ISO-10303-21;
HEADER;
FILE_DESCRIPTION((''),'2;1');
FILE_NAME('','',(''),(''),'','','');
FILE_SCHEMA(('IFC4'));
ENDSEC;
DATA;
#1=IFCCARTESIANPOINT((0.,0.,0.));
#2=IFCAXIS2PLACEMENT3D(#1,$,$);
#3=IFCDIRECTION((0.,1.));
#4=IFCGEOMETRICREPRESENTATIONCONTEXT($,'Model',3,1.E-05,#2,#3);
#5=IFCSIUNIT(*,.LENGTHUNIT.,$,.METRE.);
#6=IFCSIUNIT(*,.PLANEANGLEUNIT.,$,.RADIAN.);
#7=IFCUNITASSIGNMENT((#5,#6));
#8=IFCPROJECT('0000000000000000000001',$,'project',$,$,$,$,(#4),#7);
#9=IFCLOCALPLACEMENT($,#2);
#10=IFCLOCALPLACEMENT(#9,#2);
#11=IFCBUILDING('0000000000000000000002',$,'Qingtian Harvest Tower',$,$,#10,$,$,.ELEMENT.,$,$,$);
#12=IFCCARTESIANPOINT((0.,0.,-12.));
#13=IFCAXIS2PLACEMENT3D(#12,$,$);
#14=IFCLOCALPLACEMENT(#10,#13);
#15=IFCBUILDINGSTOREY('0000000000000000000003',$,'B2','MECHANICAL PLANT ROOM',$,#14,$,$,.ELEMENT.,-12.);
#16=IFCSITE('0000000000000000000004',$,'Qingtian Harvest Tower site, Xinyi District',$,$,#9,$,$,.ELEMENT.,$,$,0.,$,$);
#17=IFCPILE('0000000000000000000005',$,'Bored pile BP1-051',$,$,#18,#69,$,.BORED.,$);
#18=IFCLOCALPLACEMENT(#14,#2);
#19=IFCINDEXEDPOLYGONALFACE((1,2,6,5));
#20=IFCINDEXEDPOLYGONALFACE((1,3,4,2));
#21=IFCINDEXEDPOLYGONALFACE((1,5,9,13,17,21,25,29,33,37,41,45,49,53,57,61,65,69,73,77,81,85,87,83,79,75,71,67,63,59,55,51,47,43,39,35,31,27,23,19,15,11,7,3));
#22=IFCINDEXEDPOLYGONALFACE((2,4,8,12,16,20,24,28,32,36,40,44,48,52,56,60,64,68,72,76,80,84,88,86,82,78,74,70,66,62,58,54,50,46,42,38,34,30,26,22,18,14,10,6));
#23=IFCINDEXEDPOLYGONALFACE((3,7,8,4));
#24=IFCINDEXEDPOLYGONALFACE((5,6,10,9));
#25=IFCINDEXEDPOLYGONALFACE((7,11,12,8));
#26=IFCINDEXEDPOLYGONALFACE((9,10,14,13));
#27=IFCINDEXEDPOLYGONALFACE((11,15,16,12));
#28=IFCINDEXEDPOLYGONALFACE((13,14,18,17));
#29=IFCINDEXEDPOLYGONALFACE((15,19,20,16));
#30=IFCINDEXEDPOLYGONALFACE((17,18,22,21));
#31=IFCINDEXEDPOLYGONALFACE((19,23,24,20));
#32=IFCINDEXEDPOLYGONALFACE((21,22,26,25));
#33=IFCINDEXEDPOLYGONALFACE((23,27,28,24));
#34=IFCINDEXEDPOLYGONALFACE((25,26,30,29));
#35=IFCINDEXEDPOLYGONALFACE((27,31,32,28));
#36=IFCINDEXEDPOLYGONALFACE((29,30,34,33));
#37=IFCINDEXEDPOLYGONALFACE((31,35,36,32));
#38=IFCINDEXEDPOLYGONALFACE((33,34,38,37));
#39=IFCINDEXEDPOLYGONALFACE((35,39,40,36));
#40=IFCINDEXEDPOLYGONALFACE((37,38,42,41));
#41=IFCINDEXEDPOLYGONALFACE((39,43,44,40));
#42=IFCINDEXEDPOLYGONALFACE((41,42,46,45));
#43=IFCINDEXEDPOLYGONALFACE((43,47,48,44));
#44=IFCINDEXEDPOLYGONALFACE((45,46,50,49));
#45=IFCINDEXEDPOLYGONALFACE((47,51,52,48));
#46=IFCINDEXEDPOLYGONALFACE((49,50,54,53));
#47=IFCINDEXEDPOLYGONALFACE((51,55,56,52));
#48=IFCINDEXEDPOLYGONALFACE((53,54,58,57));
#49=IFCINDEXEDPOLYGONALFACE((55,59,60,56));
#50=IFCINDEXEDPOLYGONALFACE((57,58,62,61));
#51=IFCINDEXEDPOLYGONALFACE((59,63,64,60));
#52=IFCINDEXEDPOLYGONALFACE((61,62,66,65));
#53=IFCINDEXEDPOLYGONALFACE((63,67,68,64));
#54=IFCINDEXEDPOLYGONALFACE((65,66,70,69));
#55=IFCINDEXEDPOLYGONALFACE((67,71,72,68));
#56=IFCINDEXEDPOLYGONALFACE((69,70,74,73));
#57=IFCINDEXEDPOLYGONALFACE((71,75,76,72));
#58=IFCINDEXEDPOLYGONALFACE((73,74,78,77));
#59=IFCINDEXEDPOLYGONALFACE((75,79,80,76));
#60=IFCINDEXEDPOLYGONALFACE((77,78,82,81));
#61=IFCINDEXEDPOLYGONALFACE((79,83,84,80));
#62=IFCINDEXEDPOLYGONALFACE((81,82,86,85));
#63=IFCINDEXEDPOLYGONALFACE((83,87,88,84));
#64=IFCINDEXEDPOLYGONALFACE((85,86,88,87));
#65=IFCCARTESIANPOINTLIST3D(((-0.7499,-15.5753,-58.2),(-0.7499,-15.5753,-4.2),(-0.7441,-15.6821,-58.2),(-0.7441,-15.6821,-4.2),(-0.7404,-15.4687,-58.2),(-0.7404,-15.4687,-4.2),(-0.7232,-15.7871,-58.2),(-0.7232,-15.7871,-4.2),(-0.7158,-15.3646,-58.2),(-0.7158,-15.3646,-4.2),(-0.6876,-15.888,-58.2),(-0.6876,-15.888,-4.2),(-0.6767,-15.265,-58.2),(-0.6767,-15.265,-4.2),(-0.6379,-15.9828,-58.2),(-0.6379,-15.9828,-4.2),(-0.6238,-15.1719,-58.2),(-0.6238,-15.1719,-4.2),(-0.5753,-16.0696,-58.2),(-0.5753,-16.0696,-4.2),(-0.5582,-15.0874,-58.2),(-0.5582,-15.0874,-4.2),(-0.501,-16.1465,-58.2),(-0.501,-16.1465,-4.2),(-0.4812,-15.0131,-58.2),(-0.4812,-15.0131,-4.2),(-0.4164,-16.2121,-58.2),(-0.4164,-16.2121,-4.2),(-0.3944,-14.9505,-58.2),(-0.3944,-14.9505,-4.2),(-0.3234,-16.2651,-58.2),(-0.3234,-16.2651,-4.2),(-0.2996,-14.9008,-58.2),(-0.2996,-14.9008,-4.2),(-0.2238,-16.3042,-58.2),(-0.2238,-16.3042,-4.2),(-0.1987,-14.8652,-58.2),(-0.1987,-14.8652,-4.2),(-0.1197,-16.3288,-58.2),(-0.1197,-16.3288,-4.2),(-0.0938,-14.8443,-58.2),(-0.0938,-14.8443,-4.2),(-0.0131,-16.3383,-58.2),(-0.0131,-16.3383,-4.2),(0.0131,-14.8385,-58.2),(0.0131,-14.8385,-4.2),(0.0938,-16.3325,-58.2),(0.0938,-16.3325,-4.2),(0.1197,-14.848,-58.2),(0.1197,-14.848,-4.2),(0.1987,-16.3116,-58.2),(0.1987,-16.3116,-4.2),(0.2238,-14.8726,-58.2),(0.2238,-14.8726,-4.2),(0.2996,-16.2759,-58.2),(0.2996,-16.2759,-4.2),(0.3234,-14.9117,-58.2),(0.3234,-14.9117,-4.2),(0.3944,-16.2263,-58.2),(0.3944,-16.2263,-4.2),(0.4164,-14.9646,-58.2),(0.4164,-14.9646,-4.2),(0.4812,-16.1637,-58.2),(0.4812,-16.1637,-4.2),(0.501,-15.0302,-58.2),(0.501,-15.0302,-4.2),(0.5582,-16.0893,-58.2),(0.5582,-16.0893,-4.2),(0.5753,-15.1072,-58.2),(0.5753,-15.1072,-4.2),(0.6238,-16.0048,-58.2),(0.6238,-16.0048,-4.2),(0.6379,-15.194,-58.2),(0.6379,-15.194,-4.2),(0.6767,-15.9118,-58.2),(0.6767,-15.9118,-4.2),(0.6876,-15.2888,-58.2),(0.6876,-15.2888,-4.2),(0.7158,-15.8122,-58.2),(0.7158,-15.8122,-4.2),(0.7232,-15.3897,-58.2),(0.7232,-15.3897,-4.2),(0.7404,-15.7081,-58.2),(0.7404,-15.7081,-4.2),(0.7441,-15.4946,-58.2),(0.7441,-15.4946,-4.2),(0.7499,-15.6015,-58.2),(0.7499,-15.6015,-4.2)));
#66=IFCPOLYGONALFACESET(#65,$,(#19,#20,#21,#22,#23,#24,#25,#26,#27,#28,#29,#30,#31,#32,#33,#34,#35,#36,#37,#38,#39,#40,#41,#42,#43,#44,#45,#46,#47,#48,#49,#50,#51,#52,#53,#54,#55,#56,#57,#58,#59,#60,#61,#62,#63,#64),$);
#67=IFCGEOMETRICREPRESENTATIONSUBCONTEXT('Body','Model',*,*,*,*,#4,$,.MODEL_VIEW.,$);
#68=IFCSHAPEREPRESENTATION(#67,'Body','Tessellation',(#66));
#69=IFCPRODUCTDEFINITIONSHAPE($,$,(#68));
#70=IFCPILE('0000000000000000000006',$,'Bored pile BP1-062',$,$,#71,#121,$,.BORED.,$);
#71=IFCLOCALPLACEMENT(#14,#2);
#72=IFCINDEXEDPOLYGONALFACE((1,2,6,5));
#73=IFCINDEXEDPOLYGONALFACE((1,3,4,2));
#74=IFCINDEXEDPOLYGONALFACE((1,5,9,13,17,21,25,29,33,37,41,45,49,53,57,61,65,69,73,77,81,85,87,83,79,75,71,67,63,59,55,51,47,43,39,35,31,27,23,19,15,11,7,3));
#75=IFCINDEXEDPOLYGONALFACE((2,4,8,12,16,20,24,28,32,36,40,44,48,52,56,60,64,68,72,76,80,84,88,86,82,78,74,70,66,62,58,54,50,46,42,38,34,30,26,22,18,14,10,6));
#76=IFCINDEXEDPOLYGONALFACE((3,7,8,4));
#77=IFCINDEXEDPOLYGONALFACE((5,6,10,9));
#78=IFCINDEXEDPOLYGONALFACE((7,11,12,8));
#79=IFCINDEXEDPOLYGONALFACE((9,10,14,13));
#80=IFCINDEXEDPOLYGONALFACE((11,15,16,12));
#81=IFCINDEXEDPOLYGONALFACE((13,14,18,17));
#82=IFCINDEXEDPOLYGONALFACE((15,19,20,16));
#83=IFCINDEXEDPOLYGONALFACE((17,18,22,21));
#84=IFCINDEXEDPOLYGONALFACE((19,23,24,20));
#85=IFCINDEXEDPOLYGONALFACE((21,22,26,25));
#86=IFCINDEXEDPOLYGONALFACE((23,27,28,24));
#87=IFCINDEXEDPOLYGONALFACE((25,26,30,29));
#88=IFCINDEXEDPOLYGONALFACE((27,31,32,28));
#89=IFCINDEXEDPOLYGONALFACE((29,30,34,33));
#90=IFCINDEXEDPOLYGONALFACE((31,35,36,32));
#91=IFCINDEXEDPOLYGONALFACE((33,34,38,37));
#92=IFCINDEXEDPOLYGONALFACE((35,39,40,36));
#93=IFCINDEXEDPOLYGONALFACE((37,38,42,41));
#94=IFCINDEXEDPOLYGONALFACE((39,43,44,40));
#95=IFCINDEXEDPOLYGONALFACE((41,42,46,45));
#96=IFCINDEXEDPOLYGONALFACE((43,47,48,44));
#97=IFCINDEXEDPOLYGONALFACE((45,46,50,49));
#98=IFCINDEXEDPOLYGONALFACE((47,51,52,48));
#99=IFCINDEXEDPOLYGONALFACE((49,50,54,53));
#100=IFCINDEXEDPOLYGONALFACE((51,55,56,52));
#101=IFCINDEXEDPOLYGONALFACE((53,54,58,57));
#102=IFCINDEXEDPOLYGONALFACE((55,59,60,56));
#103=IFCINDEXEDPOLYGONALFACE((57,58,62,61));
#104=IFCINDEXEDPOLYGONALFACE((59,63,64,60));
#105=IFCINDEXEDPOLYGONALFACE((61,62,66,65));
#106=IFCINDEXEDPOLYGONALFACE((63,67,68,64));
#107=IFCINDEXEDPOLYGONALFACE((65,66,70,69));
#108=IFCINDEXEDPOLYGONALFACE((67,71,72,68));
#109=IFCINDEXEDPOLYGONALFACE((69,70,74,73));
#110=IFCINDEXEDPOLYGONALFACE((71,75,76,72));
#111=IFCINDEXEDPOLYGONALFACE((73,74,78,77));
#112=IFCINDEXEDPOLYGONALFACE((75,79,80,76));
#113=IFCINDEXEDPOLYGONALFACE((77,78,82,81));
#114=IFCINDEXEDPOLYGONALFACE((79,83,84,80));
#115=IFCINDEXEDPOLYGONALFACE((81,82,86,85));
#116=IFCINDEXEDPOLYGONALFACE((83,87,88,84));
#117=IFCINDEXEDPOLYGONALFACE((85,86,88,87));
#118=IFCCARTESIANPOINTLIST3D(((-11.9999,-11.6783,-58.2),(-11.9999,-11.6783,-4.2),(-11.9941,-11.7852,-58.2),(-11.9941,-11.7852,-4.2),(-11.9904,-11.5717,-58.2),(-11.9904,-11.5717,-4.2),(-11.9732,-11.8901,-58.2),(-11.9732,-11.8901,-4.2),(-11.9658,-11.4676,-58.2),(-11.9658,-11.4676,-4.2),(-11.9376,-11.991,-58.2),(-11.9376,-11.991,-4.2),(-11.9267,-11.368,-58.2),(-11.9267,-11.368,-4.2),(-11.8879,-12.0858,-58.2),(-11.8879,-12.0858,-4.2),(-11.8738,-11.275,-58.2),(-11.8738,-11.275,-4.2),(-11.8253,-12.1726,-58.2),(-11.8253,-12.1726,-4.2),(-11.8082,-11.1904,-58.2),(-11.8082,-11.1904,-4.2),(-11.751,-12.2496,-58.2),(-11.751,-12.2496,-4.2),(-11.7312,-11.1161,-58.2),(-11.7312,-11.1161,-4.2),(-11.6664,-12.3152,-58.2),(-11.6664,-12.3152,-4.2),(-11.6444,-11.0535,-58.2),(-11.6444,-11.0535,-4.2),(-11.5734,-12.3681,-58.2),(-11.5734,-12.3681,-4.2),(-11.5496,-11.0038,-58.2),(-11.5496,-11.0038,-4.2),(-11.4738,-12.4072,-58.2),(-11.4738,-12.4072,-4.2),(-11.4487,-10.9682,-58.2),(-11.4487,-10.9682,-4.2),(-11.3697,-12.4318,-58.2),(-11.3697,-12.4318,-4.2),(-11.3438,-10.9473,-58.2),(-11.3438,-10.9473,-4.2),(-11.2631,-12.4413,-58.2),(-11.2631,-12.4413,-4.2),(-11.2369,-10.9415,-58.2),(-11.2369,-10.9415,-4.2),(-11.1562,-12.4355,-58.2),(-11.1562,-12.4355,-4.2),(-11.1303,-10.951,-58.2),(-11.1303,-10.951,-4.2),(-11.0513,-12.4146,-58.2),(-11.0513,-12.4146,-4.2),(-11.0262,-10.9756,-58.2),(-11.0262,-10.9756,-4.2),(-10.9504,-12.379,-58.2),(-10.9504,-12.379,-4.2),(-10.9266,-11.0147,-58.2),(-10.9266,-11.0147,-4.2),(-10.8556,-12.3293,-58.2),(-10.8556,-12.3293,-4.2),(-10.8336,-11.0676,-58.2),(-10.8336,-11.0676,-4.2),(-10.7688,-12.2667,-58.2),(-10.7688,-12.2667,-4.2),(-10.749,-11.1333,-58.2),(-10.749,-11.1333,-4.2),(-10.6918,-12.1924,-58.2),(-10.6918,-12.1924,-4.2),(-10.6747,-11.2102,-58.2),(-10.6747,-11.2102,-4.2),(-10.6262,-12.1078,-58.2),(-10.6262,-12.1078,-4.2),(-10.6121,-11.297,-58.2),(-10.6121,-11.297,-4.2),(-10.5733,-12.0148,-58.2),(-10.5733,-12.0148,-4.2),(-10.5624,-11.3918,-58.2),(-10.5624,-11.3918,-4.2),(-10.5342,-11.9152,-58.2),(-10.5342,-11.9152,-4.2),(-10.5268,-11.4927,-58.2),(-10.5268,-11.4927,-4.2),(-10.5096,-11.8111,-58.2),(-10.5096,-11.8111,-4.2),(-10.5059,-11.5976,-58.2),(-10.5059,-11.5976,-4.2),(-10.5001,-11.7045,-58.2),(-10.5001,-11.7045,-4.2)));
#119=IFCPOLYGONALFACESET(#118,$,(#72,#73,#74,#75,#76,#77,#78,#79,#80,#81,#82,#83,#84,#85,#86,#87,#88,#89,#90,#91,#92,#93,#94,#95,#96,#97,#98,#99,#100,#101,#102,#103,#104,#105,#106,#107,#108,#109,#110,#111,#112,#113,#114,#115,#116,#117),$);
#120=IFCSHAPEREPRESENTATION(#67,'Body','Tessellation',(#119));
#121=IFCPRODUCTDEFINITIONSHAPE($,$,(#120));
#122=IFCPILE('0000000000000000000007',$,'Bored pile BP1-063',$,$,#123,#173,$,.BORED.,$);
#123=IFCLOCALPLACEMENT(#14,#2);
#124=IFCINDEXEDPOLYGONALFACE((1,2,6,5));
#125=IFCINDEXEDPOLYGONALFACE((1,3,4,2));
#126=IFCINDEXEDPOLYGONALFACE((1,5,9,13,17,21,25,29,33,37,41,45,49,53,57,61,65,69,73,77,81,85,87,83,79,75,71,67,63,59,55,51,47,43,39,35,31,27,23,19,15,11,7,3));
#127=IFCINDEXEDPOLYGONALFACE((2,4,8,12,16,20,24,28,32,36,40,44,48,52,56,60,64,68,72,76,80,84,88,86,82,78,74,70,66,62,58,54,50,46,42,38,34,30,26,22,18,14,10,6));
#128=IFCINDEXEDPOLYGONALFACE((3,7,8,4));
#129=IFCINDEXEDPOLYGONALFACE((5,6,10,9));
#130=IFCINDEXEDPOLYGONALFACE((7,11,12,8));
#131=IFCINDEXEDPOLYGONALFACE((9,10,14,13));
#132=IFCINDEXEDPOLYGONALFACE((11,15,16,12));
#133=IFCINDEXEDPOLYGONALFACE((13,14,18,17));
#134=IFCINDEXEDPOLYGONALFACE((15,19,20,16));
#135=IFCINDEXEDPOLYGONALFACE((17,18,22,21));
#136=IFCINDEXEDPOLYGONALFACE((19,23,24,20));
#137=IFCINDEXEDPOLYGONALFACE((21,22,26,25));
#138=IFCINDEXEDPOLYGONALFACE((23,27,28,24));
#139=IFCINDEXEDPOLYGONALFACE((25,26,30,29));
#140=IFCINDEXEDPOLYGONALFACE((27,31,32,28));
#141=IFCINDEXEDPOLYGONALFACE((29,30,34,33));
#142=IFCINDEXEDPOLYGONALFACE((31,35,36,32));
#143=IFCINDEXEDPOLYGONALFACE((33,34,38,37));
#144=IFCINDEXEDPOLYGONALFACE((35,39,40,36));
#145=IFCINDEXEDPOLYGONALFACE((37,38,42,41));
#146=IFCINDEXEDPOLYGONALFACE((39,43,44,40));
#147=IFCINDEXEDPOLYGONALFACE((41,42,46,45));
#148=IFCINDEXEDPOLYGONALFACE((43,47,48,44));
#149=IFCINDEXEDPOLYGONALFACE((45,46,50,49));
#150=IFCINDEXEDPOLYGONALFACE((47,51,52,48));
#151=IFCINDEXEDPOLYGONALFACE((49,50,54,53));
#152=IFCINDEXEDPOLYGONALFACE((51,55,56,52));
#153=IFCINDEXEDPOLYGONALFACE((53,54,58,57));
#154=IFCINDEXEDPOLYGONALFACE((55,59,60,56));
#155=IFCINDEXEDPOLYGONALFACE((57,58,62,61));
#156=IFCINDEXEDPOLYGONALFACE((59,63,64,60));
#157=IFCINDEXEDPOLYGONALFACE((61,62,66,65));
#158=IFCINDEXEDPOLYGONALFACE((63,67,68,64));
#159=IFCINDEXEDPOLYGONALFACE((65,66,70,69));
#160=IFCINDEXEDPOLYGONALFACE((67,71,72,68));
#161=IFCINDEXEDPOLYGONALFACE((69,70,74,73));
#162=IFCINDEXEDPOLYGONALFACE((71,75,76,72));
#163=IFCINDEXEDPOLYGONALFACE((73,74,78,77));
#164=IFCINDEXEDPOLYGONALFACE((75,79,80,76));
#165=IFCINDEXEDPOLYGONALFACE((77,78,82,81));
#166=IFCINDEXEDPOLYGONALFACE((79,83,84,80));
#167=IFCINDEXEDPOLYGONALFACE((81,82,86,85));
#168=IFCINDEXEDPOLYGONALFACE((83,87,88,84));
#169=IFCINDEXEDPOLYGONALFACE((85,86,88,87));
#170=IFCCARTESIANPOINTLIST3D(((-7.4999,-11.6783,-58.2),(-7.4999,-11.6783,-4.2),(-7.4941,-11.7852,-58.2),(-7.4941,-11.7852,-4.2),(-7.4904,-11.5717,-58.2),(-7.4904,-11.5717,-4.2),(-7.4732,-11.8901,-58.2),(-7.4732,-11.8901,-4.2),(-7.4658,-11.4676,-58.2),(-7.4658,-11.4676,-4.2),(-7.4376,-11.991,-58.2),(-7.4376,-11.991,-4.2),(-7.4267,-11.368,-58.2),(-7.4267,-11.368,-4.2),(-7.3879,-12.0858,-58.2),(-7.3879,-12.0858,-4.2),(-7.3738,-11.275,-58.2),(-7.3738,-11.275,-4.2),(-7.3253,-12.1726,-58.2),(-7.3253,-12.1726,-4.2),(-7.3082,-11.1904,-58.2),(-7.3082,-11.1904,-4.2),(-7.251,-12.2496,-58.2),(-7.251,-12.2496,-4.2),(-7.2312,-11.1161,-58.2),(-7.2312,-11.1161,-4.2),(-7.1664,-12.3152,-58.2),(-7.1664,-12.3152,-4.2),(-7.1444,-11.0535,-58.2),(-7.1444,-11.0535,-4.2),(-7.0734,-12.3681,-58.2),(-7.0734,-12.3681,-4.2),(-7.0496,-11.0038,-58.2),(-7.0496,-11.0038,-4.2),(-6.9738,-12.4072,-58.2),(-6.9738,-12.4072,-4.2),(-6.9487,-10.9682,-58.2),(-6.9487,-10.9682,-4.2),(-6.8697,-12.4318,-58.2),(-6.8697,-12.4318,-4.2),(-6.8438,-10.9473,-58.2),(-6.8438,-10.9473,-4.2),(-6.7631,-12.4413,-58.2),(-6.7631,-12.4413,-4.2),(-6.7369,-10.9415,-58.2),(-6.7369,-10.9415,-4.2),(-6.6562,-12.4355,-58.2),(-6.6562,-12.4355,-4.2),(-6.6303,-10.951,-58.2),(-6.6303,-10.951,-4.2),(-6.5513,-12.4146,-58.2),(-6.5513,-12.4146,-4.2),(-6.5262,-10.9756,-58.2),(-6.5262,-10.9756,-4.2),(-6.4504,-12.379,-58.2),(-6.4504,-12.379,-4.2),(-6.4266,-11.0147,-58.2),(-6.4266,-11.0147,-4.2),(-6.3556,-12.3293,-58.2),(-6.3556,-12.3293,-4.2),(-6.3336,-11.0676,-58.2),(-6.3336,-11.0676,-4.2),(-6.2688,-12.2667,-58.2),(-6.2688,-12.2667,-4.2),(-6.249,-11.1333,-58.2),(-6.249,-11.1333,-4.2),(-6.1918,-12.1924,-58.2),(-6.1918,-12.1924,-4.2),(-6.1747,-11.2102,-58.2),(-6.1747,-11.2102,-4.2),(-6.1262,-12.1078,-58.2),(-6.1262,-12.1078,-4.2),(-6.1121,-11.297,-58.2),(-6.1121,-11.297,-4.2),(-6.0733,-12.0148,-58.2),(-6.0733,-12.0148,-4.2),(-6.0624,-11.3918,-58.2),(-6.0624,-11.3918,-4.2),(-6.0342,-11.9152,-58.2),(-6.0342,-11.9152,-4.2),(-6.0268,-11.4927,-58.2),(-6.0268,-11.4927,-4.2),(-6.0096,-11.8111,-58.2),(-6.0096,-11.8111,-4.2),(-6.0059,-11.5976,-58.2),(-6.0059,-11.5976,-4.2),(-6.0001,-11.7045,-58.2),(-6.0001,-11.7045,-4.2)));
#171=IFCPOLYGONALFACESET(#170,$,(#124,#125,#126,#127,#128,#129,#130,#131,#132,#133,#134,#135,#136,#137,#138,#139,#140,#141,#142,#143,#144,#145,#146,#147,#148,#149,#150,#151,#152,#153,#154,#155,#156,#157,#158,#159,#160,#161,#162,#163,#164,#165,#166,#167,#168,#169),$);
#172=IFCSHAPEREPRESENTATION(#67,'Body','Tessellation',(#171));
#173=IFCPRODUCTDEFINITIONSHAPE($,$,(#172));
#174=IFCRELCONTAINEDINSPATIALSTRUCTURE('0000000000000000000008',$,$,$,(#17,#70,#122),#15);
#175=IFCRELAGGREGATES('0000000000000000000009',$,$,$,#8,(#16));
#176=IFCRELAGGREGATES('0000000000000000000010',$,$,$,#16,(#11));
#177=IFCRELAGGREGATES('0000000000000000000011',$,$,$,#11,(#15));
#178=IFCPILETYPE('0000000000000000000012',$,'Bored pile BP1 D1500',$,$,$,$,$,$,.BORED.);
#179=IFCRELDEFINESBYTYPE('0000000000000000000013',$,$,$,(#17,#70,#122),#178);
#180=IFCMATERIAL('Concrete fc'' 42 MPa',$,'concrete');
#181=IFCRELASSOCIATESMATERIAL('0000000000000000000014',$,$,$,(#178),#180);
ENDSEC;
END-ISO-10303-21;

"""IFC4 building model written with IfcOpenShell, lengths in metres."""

from ifc_helpers import new_model, si_unit, direction, frame, frame_2d, origin, place, context, subcontext, project, spatial, circle, extrude, material, material_profile, profile_set, type_object, element, save


model = new_model("IFC4")

# Units and contexts
model_context = context("Model", 3, precision=1e-05, world=origin(), true_north=direction((0.0, 1.0)))
body_context = subcontext(model_context, "Body", "Model", "MODEL_VIEW")
ifc_project = project(units=[si_unit("LENGTHUNIT", "METRE"), si_unit("PLANEANGLEUNIT", "RADIAN")], contexts=[model_context])

# Site, building, storey
site_placement = place(None, origin())
site = spatial("IfcSite", under=ifc_project, at=site_placement, Name="Qingtian Harvest Tower site, Xinyi District", CompositionType="ELEMENT", RefElevation=0.0)
building_placement = place(site_placement, origin())
building = spatial("IfcBuilding", under=site, at=building_placement, Name="Qingtian Harvest Tower", CompositionType="ELEMENT")
storey_placement = place(building_placement, frame((0.0, 0.0, -12.0)))
storey = spatial("IfcBuildingStorey", under=building, at=storey_placement, Name="B2", Description="MECHANICAL PLANT ROOM", CompositionType="ELEMENT", Elevation=-12.0)

# Piles
ifc_material_1 = material(Name="Concrete fc' 42 MPa", Category="concrete")
ifc_material_profile = material_profile(ifc_material_1, circle(Radius=0.75, at=frame_2d((0.0, 0.0), x_axis=(0.999848, 0.017452))), Name="Bored pile BP1 D1500")
ifc_profile_set = profile_set([ifc_material_profile], Name="Concrete fc' 42 MPa")
pile_type = type_object("IfcPileType", Name="Bored pile BP1 D1500", PredefinedType="BORED", material=ifc_profile_set)
for number, where, z_axis, x_axis, name in (
    (1, (0.0, -15.5884, -4.2), (0.0, 0.0, -1.0), (1.0, 0.0, 0.0), "Bored pile BP1-051"),
    (2, (-11.25, -11.6914, -4.2), (0.0, 0.0, -1.0), (1.0, 0.0, 0.0), "Bored pile BP1-062"),
    (3, (-6.75, -11.6914, -4.2), (0.0, 0.0, -1.0), (1.0, 0.0, 0.0), "Bored pile BP1-063"),
):
    element("IfcPile", number, at=place(storey_placement, frame(where, z_axis=z_axis, x_axis=x_axis)), inside=storey, type_object=pile_type, Name=name, PredefinedType="BORED", context=body_context, shape_type="SweptSolid", body=[
        extrude(circle(Radius=0.75, at=frame_2d((0.0, 0.0), x_axis=(0.999848, 0.017452))), origin(), (0.0, 0.0, 1.0), 54.0),
    ])

save(model, "model.ifc")
